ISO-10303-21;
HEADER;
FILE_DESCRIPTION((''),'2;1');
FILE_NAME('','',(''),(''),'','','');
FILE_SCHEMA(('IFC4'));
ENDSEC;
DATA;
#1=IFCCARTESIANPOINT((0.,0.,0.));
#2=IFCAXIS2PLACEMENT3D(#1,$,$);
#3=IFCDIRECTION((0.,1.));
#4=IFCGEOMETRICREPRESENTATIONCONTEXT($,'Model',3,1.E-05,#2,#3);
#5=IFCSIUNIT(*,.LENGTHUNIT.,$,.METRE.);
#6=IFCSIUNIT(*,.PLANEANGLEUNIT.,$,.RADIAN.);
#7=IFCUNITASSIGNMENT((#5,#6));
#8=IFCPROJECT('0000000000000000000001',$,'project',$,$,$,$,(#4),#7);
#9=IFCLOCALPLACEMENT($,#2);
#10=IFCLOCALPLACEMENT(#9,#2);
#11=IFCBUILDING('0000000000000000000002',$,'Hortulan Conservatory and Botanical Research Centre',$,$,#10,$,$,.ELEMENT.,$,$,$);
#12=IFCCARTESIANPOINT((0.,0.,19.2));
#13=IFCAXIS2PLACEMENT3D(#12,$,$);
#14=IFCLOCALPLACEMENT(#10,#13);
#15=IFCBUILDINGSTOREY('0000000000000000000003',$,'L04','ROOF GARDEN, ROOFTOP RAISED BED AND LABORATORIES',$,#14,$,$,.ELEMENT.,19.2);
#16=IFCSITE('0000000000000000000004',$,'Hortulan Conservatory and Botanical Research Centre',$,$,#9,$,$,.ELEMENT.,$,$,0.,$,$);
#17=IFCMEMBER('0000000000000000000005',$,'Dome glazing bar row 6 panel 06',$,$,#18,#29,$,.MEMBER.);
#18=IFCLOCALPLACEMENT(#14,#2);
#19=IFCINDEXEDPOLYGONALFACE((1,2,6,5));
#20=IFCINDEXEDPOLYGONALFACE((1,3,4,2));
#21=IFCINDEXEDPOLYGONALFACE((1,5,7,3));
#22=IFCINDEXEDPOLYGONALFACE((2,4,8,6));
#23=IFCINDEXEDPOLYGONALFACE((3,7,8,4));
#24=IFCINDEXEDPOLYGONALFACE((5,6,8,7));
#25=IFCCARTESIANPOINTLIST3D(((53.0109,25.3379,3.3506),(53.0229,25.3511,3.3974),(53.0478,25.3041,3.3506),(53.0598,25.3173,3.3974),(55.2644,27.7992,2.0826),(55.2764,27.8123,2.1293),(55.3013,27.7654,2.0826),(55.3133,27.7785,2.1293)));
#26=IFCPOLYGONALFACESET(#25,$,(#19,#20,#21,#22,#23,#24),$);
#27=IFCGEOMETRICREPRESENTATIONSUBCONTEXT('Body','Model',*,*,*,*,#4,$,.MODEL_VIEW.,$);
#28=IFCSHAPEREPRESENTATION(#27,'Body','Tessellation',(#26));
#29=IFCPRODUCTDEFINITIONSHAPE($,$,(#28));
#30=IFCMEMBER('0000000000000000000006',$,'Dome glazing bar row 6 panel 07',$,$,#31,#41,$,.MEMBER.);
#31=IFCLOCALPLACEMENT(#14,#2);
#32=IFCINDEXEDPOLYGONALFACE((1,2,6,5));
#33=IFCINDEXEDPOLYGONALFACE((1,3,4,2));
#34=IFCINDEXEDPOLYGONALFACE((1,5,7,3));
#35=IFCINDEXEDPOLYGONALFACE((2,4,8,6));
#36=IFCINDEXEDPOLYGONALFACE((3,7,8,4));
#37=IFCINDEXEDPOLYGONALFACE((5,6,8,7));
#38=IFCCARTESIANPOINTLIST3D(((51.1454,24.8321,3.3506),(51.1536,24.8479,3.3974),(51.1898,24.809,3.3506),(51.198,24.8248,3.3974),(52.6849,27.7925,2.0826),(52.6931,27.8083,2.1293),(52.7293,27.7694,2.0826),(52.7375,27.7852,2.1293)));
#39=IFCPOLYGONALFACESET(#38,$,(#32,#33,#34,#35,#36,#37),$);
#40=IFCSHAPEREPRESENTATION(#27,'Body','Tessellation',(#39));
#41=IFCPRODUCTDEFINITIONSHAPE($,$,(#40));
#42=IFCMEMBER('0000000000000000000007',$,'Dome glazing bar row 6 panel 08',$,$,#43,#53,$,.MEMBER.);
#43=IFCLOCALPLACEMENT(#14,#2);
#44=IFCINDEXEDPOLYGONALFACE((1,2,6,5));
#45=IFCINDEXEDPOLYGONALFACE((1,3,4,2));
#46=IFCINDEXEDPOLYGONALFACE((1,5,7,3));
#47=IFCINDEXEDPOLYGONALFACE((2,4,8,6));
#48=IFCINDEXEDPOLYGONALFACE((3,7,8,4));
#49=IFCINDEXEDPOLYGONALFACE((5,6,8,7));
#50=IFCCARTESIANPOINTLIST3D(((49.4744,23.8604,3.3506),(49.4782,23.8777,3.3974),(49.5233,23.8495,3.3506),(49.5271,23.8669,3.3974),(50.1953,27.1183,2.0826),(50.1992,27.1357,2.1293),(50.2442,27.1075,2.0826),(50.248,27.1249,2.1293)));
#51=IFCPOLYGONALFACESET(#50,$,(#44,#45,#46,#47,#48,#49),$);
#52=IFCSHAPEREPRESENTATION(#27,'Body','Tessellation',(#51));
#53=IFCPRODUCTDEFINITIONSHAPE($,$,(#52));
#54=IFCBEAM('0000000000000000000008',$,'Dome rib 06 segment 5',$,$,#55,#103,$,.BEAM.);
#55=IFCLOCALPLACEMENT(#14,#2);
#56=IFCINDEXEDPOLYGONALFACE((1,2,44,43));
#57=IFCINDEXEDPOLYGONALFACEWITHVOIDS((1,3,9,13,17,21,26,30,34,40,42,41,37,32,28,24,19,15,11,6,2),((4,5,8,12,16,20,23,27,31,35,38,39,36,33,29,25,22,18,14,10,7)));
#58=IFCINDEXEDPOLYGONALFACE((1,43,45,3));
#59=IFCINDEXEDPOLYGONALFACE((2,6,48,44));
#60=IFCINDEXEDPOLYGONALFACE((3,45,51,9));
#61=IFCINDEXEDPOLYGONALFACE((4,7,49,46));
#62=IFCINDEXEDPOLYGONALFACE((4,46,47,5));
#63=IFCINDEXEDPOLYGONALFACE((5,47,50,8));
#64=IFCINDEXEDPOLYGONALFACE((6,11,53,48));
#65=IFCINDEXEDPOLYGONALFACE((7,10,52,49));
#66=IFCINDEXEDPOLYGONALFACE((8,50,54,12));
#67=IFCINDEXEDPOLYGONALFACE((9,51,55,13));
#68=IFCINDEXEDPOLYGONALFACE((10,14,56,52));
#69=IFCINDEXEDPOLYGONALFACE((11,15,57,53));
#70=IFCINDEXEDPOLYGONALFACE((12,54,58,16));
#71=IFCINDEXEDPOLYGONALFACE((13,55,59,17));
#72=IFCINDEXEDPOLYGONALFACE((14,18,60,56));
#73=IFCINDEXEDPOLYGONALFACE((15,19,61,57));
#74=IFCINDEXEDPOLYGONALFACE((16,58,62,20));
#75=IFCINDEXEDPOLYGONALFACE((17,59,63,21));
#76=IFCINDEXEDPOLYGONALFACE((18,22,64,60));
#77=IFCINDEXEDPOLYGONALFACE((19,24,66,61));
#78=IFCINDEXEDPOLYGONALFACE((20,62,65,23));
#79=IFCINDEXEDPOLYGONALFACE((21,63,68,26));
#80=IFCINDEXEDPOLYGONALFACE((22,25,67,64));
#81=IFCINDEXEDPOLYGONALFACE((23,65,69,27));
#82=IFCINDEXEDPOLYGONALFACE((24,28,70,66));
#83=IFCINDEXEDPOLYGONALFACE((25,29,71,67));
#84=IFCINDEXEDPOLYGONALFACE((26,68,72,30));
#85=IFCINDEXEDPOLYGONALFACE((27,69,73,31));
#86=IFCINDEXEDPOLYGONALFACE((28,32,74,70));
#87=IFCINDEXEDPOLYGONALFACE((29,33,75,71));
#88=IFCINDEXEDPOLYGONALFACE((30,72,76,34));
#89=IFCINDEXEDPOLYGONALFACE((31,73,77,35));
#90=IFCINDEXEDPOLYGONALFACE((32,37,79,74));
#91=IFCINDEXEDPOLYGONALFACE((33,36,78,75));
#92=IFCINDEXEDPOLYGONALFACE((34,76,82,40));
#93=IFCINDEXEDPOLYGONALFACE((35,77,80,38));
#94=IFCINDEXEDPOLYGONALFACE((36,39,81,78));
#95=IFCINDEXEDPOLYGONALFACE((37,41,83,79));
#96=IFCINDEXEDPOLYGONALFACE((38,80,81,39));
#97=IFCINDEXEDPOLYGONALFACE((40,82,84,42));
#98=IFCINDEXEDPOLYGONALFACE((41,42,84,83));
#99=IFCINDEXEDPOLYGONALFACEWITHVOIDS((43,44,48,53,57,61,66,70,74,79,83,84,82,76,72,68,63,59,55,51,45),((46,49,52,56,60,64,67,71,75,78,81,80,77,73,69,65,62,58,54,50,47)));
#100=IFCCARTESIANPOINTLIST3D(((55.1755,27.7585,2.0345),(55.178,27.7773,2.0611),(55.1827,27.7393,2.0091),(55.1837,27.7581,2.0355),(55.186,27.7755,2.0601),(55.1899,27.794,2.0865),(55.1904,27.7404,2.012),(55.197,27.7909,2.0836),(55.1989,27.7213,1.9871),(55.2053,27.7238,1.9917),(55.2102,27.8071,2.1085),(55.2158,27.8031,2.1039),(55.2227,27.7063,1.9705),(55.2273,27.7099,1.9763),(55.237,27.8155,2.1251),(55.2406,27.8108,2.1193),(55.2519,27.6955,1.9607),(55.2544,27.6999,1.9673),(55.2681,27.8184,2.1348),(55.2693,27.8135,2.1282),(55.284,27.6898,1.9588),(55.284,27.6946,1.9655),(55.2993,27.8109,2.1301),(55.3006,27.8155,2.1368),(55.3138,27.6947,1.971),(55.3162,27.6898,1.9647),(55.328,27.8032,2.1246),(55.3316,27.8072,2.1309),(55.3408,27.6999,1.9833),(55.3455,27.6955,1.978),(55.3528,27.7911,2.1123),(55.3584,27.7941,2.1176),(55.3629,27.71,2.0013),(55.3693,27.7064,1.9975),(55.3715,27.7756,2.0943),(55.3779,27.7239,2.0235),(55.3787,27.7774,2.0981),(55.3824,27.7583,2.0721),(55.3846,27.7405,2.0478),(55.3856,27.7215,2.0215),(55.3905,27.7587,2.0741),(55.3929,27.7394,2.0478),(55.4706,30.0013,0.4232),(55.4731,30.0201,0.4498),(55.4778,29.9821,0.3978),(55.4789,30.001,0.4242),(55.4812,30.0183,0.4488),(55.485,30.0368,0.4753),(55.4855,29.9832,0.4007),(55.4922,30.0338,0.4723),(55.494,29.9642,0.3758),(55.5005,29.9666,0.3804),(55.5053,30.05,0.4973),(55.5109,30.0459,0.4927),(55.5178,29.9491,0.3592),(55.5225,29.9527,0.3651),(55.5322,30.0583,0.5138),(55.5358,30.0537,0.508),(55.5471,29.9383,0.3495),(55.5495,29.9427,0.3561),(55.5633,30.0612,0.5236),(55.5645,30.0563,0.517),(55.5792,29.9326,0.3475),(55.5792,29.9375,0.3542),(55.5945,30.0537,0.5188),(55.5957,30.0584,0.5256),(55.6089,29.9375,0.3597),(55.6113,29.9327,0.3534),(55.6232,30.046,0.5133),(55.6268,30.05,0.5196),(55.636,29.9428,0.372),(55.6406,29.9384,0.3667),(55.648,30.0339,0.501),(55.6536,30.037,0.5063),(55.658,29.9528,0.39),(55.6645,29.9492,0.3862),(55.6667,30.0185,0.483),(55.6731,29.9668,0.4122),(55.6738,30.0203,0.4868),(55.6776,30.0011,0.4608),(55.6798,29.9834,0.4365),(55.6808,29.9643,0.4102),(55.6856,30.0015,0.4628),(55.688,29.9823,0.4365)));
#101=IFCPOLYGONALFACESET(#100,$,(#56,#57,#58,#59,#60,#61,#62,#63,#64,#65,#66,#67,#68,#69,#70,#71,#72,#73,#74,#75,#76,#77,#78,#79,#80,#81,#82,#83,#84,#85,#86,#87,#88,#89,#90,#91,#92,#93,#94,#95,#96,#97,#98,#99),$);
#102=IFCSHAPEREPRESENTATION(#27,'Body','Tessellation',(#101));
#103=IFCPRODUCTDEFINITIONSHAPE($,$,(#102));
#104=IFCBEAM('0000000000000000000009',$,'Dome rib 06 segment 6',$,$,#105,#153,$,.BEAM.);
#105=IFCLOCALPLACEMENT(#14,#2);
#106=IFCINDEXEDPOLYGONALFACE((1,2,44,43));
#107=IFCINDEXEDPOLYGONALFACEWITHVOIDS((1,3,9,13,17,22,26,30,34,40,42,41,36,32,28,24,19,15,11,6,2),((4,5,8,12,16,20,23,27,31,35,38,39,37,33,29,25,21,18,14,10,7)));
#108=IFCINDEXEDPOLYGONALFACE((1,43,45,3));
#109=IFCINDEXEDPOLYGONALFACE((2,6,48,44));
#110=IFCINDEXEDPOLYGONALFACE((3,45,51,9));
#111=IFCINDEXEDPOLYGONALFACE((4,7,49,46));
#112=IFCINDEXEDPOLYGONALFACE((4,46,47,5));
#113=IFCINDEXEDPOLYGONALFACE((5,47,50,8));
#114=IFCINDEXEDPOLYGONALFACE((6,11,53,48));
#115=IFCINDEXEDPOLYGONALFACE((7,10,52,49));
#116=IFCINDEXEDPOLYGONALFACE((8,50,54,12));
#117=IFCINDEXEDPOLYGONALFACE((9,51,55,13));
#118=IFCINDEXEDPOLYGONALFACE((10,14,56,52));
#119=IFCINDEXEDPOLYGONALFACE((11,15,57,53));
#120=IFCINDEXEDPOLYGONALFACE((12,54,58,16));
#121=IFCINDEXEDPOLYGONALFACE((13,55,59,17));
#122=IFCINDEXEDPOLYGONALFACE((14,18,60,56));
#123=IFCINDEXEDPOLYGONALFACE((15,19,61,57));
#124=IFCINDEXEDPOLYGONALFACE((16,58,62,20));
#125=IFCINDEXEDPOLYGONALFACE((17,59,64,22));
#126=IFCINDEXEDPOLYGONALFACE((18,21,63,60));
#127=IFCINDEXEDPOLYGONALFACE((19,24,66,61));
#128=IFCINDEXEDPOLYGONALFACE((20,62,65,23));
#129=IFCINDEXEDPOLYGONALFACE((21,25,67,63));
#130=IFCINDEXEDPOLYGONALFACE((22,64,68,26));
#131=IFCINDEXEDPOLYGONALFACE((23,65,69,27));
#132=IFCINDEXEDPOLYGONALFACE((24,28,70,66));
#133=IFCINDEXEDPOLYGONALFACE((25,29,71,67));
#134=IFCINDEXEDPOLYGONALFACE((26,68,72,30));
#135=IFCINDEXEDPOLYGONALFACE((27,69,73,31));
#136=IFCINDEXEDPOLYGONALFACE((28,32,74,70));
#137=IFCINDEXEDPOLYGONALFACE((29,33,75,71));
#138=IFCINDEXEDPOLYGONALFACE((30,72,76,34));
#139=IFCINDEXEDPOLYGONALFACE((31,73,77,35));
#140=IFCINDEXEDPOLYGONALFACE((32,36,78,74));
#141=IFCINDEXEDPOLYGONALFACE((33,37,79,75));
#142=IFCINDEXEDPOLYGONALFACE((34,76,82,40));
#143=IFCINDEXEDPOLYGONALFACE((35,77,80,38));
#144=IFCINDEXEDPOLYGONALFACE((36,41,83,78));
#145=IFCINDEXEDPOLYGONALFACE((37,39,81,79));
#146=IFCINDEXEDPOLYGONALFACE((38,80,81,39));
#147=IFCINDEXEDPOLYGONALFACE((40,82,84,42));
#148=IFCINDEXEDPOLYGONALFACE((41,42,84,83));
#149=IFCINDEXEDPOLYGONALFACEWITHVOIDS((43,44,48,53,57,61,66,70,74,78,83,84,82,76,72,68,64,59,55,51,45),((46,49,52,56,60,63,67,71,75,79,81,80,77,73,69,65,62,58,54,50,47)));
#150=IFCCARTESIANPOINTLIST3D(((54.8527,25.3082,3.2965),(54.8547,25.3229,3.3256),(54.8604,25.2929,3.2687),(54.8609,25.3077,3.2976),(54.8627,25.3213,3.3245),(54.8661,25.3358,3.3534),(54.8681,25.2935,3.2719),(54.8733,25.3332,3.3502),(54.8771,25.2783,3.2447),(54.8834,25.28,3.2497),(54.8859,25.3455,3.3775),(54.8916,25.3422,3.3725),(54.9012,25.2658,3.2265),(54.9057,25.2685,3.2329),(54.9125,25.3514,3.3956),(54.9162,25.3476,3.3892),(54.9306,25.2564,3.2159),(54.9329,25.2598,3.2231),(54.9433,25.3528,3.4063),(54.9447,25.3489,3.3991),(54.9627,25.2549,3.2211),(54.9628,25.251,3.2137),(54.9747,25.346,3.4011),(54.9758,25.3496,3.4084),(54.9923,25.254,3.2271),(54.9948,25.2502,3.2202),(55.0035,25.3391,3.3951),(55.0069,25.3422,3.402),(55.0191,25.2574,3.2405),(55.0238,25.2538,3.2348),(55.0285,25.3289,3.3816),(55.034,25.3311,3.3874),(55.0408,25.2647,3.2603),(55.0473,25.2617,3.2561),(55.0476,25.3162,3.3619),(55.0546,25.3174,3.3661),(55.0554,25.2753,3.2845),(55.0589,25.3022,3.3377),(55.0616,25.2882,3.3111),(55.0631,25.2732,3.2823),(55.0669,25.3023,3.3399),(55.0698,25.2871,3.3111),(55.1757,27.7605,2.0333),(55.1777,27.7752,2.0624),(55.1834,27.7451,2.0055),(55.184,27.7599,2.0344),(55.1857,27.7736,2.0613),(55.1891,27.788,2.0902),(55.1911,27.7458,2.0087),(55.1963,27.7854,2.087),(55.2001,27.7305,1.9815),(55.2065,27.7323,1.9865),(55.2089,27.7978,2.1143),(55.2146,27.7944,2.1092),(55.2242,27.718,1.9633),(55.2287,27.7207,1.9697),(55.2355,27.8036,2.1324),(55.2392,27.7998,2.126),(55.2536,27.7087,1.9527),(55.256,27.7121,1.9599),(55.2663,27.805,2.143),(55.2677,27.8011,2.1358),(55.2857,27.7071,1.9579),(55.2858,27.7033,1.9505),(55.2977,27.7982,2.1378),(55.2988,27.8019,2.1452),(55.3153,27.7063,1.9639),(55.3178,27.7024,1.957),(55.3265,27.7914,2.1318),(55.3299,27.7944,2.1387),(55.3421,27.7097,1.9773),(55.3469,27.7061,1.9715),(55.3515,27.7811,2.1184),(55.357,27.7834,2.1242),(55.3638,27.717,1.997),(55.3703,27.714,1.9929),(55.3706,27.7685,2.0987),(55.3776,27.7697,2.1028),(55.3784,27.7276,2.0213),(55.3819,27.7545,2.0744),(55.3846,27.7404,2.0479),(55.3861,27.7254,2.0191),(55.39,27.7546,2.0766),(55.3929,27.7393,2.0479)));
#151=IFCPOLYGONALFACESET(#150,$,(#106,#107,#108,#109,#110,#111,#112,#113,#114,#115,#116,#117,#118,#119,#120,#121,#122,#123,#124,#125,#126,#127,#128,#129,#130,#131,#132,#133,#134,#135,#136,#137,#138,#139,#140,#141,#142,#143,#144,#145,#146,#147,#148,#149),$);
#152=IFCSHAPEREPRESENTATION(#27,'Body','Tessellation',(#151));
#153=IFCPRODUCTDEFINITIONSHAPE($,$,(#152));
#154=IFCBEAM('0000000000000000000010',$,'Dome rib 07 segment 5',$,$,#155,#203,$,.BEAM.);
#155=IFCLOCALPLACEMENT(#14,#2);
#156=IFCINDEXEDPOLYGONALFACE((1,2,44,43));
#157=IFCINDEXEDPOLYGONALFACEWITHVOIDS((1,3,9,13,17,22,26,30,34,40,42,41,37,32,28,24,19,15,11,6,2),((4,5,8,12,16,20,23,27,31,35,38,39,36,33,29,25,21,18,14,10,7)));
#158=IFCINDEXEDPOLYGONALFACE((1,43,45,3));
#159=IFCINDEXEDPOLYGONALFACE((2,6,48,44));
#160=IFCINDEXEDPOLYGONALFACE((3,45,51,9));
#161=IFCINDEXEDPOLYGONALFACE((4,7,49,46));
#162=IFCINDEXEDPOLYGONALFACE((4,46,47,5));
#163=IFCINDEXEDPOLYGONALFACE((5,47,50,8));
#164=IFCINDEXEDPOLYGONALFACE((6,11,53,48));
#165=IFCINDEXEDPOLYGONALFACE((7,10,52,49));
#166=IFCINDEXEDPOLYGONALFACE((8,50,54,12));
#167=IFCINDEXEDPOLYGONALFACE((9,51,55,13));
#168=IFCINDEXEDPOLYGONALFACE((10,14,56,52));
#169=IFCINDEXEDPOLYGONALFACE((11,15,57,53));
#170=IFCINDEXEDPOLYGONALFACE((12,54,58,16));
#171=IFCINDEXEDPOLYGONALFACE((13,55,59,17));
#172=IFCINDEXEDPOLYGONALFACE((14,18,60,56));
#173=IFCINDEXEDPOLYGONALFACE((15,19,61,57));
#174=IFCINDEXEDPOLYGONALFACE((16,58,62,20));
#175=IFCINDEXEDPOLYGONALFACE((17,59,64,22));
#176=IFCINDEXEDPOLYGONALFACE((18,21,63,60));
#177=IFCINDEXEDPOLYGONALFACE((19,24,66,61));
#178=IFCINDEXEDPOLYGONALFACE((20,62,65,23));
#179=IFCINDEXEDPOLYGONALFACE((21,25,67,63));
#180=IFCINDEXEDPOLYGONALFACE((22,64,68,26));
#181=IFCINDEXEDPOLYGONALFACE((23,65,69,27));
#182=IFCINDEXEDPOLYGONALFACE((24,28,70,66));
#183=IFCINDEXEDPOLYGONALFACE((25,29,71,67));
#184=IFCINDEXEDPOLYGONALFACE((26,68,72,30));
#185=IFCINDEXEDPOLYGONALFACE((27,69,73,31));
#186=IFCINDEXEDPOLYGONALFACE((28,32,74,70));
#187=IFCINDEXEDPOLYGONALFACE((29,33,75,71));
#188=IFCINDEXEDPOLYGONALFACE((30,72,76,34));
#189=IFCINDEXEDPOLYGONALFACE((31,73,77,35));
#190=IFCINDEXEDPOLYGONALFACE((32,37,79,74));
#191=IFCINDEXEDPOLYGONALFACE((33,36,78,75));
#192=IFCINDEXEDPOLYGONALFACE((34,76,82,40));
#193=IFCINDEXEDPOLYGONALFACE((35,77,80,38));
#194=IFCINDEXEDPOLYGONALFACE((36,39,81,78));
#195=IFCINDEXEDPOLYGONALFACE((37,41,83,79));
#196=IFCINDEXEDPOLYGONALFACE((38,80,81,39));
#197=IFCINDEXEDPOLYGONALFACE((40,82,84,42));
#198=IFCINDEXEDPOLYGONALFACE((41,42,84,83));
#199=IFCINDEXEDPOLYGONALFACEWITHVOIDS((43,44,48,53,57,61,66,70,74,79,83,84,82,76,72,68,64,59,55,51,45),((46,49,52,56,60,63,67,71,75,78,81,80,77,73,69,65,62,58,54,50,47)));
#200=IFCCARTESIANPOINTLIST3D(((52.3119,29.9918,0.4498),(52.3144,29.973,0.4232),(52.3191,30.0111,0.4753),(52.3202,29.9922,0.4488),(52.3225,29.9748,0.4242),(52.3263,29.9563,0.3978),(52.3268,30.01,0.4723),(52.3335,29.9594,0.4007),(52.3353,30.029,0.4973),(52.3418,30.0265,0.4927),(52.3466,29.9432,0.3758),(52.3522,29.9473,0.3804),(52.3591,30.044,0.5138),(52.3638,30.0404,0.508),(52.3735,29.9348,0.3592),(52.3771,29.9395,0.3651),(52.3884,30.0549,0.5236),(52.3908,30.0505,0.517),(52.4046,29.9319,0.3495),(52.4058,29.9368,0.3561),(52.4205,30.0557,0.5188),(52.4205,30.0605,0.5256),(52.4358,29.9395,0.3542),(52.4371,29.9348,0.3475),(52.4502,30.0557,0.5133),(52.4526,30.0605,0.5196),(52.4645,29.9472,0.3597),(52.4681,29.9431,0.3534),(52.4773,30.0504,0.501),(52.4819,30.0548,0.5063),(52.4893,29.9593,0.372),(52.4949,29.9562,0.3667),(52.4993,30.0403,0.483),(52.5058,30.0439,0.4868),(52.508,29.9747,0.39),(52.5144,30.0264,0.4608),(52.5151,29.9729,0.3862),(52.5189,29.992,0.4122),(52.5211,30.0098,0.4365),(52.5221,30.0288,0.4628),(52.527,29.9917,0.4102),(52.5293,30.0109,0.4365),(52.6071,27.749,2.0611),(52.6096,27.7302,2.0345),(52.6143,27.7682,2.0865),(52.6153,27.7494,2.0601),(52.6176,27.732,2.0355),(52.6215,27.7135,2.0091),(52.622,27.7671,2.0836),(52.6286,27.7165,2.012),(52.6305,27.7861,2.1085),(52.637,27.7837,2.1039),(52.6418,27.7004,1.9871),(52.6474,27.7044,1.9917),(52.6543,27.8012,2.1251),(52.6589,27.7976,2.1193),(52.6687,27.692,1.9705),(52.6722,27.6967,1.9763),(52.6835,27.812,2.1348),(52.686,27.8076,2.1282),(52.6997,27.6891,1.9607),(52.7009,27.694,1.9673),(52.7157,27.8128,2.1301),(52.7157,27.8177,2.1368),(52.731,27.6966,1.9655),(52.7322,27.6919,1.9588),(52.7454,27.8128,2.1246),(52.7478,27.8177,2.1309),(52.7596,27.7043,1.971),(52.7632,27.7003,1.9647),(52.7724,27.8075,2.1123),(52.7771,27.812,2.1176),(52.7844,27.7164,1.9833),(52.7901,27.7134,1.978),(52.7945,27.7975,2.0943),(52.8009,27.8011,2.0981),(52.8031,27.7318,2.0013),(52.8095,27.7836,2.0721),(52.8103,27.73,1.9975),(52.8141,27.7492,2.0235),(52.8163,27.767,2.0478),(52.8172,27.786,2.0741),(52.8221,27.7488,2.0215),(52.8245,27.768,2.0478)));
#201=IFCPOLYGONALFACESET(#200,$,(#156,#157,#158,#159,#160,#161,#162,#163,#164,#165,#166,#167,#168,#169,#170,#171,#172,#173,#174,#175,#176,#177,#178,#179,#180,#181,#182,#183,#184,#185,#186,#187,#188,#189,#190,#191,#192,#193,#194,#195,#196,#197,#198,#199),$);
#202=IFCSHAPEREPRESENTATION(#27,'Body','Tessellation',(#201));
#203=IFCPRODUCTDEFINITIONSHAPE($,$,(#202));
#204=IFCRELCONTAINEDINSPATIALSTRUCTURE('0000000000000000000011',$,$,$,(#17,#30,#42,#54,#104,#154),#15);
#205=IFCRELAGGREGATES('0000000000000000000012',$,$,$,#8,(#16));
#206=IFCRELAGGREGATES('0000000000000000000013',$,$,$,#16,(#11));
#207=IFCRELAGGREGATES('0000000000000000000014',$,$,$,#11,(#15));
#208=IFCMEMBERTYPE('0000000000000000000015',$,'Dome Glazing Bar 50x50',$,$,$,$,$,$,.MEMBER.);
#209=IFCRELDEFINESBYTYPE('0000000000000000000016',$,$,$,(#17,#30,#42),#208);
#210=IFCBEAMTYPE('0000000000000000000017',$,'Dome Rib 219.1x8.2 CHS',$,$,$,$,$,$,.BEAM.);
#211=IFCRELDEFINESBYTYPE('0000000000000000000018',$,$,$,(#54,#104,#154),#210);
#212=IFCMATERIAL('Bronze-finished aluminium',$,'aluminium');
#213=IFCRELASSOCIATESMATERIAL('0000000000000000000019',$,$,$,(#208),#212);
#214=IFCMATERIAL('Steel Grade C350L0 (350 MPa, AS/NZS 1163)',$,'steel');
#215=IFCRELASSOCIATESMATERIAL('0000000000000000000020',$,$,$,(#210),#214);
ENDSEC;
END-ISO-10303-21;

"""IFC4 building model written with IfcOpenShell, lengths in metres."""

from ifc_helpers import new_model, si_unit, direction, frame, origin, origin_2d, place, context, subcontext, project, spatial, rectangle, hollow_circle, extrude, material, material_profile, profile_set, type_object, element, save


model = new_model("IFC4")

# Units and contexts
model_context = context("Model", 3, precision=1e-05, world=origin(), true_north=direction((0.0, 1.0)))
body_context = subcontext(model_context, "Body", "Model", "MODEL_VIEW")
ifc_project = project(units=[si_unit("LENGTHUNIT", "METRE"), si_unit("PLANEANGLEUNIT", "RADIAN")], contexts=[model_context])

# Site, building, storey
site_placement = place(None, origin())
site = spatial("IfcSite", under=ifc_project, at=site_placement, Name="Hortulan Conservatory and Botanical Research Centre", CompositionType="ELEMENT", RefElevation=0.0)
building_placement = place(site_placement, origin())
building = spatial("IfcBuilding", under=site, at=building_placement, Name="Hortulan Conservatory and Botanical Research Centre", CompositionType="ELEMENT")
storey_placement = place(building_placement, frame((0.0, 0.0, 19.2)))
storey = spatial("IfcBuildingStorey", under=building, at=storey_placement, Name="L04", Description="ROOF GARDEN, ROOFTOP RAISED BED AND LABORATORIES", CompositionType="ELEMENT", Elevation=19.2)

# Members
ifc_material_1 = material(Name="Bronze-finished aluminium", Category="aluminium")
ifc_material_profile_1 = material_profile(ifc_material_1, rectangle(XDim=0.05, YDim=0.05, at=origin_2d()), Name="Square bar 50x50")
ifc_profile_set_1 = profile_set([ifc_material_profile_1], Name="Bronze-finished aluminium")
member_type_1 = type_object("IfcMemberType", Name="Dome Glazing Bar 50x50", PredefinedType="MEMBER", material=ifc_profile_set_1)
member_1_placement = place(storey_placement, frame((55.2888, 27.7888, 2.106), z_axis=(-0.631249, -0.68945, 0.355223), x_axis=(0.737552, -0.675291, 0.0)))
element("IfcMember", 1, at=member_1_placement, inside=storey, type_object=member_type_1, Name="Dome glazing bar row 6 panel 06", PredefinedType="MEMBER", context=body_context, shape_type="SweptSolid", body=[
    extrude(rectangle(XDim=0.05, YDim=0.05, at=origin_2d()), origin(), (0.0, 0.0, 1.0), 3.5698),
])
for number, where, z_axis, x_axis, name in (
    (2, (52.7112, 27.7888, 2.106), (-0.431288, -0.829337, 0.355235), (0.887202, -0.46138, 0.0), "Dome glazing bar row 6 panel 07"),
    (3, (50.2217, 27.1216, 2.106), (-0.201964, -0.9127, 0.355231), (0.976381, -0.216055, 0.0), "Dome glazing bar row 6 panel 08"),
):
    element("IfcMember", number, at=place(storey_placement, frame(where, z_axis=z_axis, x_axis=x_axis)), inside=storey, type_object=member_type_1, Name=name, PredefinedType="MEMBER", context=body_context, shape_type="SweptSolid", body=[
        extrude(rectangle(XDim=0.05, YDim=0.05, at=origin_2d()), origin(), (0.0, 0.0, 1.0), 3.5696),
    ])

# Beams
ifc_material_2 = material(Name="Steel Grade C350L0 (350 MPa, AS/NZS 1163)", Category="steel")
ifc_material_profile_2 = material_profile(ifc_material_2, hollow_circle(Radius=0.1096, WallThickness=0.0083, at=origin_2d()), Name="219.1x8.2CHS")
ifc_profile_set_2 = profile_set([ifc_material_profile_2], Name="Steel Grade C350L0 (350 MPa, AS/NZS 1163)")
beam_type = type_object("IfcBeamType", Name="Dome Rib 219.1x8.2 CHS", PredefinedType="BEAM", material=ifc_profile_set_2)
for number, where, z_axis, x_axis, name in (
    (4, (55.5793, 29.9966, 0.4365), (-0.106273, -0.807548, 0.580148), (0.991452, -0.130474, 0.0), "Dome rib 06 segment 5"),
    (5, (55.2842, 27.7537, 2.0479), (-0.116302, -0.882948, 0.454836), (0.991436, -0.130592, 0.0), "Dome rib 06 segment 6"),
    (6, (52.4207, 29.9966, 0.4365), (0.106273, -0.807548, 0.580148), (0.991452, 0.130474, 0.0), "Dome rib 07 segment 5"),
):
    element("IfcBeam", number, at=place(storey_placement, frame(where, z_axis=z_axis, x_axis=x_axis)), inside=storey, type_object=beam_type, Name=name, PredefinedType="BEAM", context=body_context, shape_type="SweptSolid", body=[
        extrude(hollow_circle(Radius=0.1096, WallThickness=0.0083, at=origin_2d()), origin(), (0.0, 0.0, 1.0), 2.7773),
    ])

save(model, "model.ifc")
